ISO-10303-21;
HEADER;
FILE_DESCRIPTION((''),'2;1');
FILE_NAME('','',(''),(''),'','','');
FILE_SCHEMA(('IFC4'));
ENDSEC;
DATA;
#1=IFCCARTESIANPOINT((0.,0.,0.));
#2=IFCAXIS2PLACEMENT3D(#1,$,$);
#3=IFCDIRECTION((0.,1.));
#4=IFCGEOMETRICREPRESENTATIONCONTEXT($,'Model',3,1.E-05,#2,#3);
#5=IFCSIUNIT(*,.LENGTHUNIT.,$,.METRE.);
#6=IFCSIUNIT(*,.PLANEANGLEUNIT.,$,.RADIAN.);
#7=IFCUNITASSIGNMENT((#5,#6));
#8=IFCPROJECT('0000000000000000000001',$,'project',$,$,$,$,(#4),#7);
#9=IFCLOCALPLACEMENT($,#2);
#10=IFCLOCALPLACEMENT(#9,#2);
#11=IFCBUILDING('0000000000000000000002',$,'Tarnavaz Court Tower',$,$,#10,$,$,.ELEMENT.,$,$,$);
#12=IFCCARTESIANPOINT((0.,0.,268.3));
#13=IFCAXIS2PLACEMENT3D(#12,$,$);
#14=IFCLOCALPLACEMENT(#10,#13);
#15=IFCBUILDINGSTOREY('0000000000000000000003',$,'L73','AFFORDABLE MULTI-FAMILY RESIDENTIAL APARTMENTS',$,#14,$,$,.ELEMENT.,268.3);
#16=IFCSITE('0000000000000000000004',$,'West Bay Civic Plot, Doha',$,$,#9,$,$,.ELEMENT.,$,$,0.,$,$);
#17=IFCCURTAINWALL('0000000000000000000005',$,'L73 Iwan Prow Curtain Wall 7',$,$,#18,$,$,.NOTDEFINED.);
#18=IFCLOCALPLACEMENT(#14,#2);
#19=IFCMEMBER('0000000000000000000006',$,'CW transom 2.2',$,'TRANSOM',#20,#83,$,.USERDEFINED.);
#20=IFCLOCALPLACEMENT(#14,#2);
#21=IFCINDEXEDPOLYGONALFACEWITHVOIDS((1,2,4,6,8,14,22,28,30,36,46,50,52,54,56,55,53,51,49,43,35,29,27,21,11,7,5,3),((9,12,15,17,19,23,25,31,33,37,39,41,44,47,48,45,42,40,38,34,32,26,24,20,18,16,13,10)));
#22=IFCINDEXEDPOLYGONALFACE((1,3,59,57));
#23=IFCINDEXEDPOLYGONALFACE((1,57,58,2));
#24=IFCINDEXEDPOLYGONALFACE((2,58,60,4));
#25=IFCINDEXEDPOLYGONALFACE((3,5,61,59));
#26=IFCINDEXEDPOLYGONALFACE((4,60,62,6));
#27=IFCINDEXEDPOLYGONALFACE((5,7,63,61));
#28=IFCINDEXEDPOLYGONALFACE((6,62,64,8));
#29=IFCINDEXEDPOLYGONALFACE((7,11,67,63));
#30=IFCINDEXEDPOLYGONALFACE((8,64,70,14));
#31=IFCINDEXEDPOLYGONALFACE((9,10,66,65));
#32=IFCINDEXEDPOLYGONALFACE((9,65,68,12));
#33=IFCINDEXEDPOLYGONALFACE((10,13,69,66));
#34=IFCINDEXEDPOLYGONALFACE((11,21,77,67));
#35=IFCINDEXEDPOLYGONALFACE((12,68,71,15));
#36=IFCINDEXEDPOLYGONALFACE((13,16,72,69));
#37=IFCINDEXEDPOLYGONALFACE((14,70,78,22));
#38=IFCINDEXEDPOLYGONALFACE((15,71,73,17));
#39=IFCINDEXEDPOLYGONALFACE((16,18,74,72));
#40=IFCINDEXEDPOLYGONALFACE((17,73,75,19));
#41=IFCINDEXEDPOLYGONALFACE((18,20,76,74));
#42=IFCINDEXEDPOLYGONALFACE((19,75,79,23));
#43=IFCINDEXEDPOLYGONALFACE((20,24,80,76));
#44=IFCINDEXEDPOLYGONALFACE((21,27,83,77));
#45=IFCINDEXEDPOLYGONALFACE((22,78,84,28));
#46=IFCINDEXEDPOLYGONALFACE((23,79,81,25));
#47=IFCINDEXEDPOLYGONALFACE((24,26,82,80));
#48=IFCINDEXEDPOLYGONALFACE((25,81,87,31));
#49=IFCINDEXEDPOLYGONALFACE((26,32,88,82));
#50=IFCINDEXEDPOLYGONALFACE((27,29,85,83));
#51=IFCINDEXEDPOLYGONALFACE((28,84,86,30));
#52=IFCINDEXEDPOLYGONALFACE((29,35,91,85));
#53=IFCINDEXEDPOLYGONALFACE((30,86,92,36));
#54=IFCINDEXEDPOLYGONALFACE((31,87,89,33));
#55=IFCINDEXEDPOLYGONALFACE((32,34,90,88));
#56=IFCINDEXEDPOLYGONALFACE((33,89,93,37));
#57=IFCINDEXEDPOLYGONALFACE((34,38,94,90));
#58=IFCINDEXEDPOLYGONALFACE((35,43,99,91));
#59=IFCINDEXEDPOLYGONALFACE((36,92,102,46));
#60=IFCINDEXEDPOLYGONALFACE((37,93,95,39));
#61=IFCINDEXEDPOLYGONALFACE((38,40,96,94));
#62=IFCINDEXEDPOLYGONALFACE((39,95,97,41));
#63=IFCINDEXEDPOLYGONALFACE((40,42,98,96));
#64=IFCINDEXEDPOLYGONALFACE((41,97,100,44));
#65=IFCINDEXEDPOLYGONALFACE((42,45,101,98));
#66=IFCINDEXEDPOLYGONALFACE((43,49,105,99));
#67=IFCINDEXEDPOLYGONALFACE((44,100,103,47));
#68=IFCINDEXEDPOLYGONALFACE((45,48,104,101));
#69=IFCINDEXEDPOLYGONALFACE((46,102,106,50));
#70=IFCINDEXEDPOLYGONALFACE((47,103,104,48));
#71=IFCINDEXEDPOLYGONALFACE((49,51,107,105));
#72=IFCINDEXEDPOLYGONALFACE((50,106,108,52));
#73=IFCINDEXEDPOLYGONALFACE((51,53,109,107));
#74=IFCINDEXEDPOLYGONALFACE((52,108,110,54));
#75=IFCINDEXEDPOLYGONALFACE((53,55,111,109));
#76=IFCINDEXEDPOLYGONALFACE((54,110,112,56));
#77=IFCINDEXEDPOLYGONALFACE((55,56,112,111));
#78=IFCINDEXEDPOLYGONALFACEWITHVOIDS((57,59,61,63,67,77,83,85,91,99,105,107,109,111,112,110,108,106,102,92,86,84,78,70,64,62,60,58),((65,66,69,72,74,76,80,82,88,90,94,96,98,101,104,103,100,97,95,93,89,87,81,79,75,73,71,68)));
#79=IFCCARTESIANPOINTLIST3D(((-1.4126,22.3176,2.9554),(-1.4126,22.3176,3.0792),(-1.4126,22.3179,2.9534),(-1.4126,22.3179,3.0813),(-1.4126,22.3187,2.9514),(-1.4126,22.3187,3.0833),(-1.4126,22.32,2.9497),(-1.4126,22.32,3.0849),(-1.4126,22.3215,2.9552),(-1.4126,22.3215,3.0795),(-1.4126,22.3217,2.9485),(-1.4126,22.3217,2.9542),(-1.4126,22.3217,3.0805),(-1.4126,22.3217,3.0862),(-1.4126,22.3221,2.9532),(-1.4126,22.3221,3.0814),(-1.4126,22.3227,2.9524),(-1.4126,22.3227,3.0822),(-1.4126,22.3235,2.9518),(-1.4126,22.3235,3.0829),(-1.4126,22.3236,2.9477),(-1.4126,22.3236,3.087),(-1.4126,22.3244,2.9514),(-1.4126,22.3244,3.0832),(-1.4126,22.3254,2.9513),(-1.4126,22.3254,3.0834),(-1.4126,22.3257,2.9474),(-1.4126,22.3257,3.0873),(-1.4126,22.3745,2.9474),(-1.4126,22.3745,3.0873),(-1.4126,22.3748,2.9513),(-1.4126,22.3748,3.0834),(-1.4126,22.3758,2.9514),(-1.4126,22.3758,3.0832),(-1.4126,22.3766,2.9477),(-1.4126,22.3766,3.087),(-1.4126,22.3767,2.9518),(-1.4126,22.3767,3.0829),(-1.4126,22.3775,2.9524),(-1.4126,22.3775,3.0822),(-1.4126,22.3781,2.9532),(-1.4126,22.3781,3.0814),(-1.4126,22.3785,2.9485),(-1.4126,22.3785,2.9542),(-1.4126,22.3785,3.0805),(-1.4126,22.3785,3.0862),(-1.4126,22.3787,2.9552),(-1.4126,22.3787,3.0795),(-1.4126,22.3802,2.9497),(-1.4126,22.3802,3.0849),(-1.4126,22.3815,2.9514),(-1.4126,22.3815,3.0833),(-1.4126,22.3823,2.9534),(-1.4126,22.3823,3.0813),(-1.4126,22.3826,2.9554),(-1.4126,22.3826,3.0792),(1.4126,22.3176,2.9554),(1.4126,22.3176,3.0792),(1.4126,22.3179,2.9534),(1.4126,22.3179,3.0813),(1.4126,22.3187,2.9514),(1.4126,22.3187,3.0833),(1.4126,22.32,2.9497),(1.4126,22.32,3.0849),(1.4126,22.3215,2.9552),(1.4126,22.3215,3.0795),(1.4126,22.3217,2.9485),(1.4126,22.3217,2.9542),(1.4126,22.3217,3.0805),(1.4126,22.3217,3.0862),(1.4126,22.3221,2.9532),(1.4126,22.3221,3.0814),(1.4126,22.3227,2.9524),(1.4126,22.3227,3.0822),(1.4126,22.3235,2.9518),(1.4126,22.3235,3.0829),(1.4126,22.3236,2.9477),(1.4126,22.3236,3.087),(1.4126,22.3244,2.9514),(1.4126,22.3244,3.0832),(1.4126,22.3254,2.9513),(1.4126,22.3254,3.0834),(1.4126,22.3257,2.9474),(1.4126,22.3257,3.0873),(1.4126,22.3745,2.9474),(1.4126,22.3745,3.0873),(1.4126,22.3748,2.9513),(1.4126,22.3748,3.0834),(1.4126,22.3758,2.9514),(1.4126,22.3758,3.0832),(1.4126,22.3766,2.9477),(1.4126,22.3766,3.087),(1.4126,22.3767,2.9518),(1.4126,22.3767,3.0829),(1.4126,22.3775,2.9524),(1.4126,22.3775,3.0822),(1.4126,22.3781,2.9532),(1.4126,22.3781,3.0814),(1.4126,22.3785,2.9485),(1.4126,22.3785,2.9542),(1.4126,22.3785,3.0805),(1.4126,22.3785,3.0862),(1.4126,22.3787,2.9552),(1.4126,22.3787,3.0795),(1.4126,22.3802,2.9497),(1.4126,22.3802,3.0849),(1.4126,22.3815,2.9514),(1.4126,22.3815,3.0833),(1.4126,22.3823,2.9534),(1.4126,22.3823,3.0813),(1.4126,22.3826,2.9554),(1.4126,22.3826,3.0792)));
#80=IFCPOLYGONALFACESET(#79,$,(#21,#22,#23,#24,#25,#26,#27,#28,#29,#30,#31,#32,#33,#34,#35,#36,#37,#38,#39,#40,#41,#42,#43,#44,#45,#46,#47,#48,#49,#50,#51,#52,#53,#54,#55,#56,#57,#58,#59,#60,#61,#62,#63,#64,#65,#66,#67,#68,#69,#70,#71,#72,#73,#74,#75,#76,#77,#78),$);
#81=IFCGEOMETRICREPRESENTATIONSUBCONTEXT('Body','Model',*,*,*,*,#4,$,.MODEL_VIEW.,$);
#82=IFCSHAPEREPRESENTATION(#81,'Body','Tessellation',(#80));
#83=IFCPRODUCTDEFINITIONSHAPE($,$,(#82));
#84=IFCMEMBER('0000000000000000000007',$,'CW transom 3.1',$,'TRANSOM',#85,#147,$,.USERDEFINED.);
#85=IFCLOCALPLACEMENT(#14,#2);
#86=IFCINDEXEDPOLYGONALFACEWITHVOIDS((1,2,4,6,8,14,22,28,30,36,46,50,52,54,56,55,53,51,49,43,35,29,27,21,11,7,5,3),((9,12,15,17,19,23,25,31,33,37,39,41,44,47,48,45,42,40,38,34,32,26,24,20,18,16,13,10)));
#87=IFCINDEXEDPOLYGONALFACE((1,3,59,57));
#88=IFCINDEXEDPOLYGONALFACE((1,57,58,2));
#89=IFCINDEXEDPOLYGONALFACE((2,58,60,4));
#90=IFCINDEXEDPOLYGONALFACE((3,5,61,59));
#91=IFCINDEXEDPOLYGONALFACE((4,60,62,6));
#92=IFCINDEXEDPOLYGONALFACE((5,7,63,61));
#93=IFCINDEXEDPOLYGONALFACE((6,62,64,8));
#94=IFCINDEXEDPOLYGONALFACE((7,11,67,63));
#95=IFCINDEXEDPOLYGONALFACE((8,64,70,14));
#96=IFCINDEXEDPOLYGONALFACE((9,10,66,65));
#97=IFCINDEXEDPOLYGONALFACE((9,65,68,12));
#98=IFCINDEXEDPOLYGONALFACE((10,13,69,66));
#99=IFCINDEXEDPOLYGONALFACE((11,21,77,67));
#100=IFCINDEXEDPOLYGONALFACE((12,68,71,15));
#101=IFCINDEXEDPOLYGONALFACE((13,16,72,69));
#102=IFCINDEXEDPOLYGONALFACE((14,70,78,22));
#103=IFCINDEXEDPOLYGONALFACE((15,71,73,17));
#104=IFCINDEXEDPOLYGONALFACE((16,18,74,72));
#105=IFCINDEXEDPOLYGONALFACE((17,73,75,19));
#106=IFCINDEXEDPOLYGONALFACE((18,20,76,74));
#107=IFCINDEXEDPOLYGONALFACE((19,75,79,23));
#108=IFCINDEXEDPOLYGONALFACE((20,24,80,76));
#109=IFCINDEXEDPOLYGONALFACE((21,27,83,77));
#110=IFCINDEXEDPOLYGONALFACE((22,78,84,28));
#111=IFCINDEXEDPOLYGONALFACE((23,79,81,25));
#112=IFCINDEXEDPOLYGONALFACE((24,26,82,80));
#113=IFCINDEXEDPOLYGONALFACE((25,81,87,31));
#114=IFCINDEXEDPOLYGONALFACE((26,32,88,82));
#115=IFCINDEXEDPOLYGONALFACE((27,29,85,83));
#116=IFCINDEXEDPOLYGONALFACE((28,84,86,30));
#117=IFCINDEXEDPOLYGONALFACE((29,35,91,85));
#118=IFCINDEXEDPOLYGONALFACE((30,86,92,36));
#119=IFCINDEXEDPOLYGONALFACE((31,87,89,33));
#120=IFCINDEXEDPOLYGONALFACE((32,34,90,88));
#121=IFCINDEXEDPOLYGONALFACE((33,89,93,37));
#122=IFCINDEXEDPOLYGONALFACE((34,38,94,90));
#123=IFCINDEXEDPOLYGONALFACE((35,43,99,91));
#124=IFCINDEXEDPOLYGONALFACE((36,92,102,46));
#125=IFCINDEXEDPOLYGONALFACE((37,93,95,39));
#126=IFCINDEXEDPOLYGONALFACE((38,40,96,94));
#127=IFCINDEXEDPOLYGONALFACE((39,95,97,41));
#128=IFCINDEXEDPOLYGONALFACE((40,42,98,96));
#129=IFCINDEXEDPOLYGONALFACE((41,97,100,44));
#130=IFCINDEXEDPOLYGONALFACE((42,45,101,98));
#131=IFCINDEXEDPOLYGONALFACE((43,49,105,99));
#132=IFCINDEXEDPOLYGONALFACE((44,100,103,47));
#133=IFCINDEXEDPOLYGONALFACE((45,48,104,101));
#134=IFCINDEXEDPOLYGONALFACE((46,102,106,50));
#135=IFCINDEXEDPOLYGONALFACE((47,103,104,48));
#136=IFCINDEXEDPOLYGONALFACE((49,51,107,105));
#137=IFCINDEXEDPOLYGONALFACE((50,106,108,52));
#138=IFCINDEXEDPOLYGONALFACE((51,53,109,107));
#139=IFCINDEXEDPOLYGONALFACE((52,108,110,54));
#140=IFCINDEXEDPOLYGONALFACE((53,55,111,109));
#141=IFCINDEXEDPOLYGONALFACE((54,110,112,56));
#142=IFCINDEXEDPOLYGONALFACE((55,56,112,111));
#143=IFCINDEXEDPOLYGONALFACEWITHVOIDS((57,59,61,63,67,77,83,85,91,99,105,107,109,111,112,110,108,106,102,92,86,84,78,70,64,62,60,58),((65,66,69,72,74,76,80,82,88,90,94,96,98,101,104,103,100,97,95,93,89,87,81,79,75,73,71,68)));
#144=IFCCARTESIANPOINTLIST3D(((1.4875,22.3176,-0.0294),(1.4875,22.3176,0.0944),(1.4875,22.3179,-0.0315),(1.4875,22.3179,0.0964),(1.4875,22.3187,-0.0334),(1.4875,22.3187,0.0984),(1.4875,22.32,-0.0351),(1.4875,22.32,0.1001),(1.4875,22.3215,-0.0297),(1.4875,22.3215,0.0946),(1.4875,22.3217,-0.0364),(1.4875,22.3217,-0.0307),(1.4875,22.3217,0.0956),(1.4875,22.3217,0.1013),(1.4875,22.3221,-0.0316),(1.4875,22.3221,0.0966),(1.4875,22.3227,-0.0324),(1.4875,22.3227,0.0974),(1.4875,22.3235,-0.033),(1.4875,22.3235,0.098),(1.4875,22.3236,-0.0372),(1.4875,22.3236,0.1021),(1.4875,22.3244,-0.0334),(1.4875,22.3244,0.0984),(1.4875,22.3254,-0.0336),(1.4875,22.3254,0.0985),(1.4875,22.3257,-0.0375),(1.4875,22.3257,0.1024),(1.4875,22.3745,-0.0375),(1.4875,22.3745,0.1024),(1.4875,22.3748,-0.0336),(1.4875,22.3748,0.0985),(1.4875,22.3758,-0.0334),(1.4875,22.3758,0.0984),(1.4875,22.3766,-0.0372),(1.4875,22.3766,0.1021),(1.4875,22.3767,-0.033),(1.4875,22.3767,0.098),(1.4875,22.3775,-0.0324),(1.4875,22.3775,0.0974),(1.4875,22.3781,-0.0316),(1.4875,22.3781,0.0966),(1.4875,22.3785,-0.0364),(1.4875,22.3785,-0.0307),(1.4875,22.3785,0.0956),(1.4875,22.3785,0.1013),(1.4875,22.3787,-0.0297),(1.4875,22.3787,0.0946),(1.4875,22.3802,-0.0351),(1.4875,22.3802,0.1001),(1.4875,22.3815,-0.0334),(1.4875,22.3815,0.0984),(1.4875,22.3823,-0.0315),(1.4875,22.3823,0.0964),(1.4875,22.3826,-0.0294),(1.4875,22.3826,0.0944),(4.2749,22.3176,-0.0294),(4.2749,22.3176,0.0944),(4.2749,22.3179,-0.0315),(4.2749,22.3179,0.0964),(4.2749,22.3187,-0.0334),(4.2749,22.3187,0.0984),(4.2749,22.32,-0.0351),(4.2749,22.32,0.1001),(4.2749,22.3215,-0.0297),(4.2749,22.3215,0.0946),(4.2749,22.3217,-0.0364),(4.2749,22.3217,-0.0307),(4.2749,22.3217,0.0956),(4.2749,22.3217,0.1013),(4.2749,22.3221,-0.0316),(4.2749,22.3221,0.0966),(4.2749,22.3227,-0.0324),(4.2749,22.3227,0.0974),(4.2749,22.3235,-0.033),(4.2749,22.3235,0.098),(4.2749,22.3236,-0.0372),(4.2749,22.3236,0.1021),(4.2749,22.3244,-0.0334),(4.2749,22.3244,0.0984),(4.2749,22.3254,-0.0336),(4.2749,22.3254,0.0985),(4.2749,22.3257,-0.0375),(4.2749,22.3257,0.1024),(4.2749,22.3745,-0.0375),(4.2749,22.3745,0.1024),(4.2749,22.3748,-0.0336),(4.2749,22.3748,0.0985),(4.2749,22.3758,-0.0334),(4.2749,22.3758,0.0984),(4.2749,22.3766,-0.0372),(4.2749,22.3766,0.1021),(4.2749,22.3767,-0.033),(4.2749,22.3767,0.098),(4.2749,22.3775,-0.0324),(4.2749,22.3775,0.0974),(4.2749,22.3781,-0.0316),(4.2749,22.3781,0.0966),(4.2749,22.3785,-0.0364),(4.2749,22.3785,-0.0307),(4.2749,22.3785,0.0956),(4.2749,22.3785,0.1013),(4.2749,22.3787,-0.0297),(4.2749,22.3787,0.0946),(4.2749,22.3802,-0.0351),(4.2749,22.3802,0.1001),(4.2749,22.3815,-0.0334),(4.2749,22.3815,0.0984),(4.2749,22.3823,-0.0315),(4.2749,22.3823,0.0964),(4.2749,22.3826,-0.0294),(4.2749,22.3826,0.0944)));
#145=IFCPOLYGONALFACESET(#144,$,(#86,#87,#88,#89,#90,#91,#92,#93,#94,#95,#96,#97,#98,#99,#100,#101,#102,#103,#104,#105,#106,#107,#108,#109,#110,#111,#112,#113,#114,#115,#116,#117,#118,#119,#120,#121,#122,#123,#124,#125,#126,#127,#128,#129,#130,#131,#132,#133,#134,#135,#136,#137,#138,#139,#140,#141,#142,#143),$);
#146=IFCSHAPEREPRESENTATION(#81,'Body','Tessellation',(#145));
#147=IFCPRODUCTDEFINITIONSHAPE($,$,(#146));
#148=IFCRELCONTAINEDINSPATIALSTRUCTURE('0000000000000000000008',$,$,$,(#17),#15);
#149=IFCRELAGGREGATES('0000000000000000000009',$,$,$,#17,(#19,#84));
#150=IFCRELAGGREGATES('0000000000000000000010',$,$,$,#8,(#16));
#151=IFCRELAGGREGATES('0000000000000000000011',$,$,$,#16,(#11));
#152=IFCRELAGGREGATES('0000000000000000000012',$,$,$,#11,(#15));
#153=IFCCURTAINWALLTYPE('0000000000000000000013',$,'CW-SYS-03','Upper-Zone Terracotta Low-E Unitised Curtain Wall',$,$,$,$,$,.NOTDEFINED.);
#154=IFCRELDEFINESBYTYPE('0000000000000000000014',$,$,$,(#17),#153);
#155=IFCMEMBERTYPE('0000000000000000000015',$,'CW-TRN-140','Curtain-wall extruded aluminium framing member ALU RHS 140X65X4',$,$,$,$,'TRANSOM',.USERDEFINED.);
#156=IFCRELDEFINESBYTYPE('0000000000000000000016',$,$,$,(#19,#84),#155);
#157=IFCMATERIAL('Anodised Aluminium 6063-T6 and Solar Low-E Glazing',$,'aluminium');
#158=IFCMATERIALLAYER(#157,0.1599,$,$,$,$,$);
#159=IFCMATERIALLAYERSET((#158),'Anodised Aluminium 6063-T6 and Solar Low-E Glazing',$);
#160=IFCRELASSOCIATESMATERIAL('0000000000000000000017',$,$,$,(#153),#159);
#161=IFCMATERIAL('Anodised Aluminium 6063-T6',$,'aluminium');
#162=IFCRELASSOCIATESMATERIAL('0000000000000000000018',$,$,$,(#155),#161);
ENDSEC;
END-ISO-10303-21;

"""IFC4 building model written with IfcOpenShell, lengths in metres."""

from ifc_helpers import new_model, si_unit, direction, frame, origin, origin_2d, place, context, subcontext, project, spatial, hollow_rectangle, extrude, material, layer, layer_set, material_profile, profile_set, type_object, element, aggregate, save


model = new_model("IFC4")

# Units and contexts
model_context = context("Model", 3, precision=1e-05, world=origin(), true_north=direction((0.0, 1.0)))
body_context = subcontext(model_context, "Body", "Model", "MODEL_VIEW")
ifc_project = project(units=[si_unit("LENGTHUNIT", "METRE"), si_unit("PLANEANGLEUNIT", "RADIAN")], contexts=[model_context])

# Site, building, storey
site_placement = place(None, origin())
site = spatial("IfcSite", under=ifc_project, at=site_placement, Name="West Bay Civic Plot, Doha", CompositionType="ELEMENT", RefElevation=0.0)
building_placement = place(site_placement, origin())
building = spatial("IfcBuilding", under=site, at=building_placement, Name="Tarnavaz Court Tower", CompositionType="ELEMENT")
storey_placement = place(building_placement, frame((0.0, 0.0, 268.3)))
storey = spatial("IfcBuildingStorey", under=building, at=storey_placement, Name="L73", Description="AFFORDABLE MULTI-FAMILY RESIDENTIAL APARTMENTS", CompositionType="ELEMENT", Elevation=268.3)

# Curtain wall, members
ifc_material_1 = material(Name="Anodised Aluminium 6063-T6 and Solar Low-E Glazing", Category="aluminium")
ifc_layer_1 = layer(ifc_material_1, 0.1599)
ifc_layer_set_1 = layer_set([ifc_layer_1], Name="Anodised Aluminium 6063-T6 and Solar Low-E Glazing")
curtain_wall_type = type_object("IfcCurtainWallType", Name="CW-SYS-03", Description="Upper-Zone Terracotta Low-E Unitised Curtain Wall", PredefinedType="NOTDEFINED", material=ifc_layer_set_1)
curtain_wall_placement = place(storey_placement, origin())
curtain_wall = element("IfcCurtainWall", 1, at=curtain_wall_placement, inside=storey, type_object=curtain_wall_type, Name="L73 Iwan Prow Curtain Wall 7", PredefinedType="NOTDEFINED")
ifc_material_2 = material(Name="Anodised Aluminium 6063-T6", Category="aluminium")
ifc_material_profile_1 = material_profile(ifc_material_2, hollow_rectangle(XDim=0.0649, YDim=0.1399, WallThickness=0.0039, InnerFilletRadius=0.0039, OuterFilletRadius=0.0081, at=origin_2d()), Name="ALU RHS 140X65X4")
ifc_profile_set_1 = profile_set([ifc_material_profile_1], Name="Anodised Aluminium 6063-T6")
member_type_1 = type_object("IfcMemberType", Name="CW-TRN-140", Description="Curtain-wall extruded aluminium framing member ALU RHS 140X65X4", ElementType="TRANSOM", PredefinedType="USERDEFINED", material=ifc_profile_set_1)
member_1_placement = place(storey_placement, frame((-1.4126, 22.3501, 3.0173), z_axis=(1.0, 0.0, 0.0), x_axis=(0.0, 1.0, 0.0)))
member_1 = element("IfcMember", 2, at=member_1_placement, type_object=member_type_1, Name="CW transom 2.2", ObjectType="TRANSOM", PredefinedType="USERDEFINED", context=body_context, shape_type="SweptSolid", body=[
    extrude(hollow_rectangle(XDim=0.0649, YDim=0.1399, WallThickness=0.0039, InnerFilletRadius=0.0039, OuterFilletRadius=0.0081, at=origin_2d()), origin(), (0.0, 0.0, 1.0), 2.8252),
])
member_2_placement = place(storey_placement, frame((1.4875, 22.3501, 0.0325), z_axis=(1.0, 0.0, 0.0), x_axis=(0.0, 1.0, 0.0)))
member_2 = element("IfcMember", 3, at=member_2_placement, type_object=member_type_1, Name="CW transom 3.1", ObjectType="TRANSOM", PredefinedType="USERDEFINED", context=body_context, shape_type="SweptSolid", body=[
    extrude(hollow_rectangle(XDim=0.0649, YDim=0.1399, WallThickness=0.0039, InnerFilletRadius=0.0039, OuterFilletRadius=0.0081, at=origin_2d()), origin(), (0.0, 0.0, 1.0), 2.7874),
])
aggregate(curtain_wall, [member_1, member_2])

save(model, "model.ifc")
